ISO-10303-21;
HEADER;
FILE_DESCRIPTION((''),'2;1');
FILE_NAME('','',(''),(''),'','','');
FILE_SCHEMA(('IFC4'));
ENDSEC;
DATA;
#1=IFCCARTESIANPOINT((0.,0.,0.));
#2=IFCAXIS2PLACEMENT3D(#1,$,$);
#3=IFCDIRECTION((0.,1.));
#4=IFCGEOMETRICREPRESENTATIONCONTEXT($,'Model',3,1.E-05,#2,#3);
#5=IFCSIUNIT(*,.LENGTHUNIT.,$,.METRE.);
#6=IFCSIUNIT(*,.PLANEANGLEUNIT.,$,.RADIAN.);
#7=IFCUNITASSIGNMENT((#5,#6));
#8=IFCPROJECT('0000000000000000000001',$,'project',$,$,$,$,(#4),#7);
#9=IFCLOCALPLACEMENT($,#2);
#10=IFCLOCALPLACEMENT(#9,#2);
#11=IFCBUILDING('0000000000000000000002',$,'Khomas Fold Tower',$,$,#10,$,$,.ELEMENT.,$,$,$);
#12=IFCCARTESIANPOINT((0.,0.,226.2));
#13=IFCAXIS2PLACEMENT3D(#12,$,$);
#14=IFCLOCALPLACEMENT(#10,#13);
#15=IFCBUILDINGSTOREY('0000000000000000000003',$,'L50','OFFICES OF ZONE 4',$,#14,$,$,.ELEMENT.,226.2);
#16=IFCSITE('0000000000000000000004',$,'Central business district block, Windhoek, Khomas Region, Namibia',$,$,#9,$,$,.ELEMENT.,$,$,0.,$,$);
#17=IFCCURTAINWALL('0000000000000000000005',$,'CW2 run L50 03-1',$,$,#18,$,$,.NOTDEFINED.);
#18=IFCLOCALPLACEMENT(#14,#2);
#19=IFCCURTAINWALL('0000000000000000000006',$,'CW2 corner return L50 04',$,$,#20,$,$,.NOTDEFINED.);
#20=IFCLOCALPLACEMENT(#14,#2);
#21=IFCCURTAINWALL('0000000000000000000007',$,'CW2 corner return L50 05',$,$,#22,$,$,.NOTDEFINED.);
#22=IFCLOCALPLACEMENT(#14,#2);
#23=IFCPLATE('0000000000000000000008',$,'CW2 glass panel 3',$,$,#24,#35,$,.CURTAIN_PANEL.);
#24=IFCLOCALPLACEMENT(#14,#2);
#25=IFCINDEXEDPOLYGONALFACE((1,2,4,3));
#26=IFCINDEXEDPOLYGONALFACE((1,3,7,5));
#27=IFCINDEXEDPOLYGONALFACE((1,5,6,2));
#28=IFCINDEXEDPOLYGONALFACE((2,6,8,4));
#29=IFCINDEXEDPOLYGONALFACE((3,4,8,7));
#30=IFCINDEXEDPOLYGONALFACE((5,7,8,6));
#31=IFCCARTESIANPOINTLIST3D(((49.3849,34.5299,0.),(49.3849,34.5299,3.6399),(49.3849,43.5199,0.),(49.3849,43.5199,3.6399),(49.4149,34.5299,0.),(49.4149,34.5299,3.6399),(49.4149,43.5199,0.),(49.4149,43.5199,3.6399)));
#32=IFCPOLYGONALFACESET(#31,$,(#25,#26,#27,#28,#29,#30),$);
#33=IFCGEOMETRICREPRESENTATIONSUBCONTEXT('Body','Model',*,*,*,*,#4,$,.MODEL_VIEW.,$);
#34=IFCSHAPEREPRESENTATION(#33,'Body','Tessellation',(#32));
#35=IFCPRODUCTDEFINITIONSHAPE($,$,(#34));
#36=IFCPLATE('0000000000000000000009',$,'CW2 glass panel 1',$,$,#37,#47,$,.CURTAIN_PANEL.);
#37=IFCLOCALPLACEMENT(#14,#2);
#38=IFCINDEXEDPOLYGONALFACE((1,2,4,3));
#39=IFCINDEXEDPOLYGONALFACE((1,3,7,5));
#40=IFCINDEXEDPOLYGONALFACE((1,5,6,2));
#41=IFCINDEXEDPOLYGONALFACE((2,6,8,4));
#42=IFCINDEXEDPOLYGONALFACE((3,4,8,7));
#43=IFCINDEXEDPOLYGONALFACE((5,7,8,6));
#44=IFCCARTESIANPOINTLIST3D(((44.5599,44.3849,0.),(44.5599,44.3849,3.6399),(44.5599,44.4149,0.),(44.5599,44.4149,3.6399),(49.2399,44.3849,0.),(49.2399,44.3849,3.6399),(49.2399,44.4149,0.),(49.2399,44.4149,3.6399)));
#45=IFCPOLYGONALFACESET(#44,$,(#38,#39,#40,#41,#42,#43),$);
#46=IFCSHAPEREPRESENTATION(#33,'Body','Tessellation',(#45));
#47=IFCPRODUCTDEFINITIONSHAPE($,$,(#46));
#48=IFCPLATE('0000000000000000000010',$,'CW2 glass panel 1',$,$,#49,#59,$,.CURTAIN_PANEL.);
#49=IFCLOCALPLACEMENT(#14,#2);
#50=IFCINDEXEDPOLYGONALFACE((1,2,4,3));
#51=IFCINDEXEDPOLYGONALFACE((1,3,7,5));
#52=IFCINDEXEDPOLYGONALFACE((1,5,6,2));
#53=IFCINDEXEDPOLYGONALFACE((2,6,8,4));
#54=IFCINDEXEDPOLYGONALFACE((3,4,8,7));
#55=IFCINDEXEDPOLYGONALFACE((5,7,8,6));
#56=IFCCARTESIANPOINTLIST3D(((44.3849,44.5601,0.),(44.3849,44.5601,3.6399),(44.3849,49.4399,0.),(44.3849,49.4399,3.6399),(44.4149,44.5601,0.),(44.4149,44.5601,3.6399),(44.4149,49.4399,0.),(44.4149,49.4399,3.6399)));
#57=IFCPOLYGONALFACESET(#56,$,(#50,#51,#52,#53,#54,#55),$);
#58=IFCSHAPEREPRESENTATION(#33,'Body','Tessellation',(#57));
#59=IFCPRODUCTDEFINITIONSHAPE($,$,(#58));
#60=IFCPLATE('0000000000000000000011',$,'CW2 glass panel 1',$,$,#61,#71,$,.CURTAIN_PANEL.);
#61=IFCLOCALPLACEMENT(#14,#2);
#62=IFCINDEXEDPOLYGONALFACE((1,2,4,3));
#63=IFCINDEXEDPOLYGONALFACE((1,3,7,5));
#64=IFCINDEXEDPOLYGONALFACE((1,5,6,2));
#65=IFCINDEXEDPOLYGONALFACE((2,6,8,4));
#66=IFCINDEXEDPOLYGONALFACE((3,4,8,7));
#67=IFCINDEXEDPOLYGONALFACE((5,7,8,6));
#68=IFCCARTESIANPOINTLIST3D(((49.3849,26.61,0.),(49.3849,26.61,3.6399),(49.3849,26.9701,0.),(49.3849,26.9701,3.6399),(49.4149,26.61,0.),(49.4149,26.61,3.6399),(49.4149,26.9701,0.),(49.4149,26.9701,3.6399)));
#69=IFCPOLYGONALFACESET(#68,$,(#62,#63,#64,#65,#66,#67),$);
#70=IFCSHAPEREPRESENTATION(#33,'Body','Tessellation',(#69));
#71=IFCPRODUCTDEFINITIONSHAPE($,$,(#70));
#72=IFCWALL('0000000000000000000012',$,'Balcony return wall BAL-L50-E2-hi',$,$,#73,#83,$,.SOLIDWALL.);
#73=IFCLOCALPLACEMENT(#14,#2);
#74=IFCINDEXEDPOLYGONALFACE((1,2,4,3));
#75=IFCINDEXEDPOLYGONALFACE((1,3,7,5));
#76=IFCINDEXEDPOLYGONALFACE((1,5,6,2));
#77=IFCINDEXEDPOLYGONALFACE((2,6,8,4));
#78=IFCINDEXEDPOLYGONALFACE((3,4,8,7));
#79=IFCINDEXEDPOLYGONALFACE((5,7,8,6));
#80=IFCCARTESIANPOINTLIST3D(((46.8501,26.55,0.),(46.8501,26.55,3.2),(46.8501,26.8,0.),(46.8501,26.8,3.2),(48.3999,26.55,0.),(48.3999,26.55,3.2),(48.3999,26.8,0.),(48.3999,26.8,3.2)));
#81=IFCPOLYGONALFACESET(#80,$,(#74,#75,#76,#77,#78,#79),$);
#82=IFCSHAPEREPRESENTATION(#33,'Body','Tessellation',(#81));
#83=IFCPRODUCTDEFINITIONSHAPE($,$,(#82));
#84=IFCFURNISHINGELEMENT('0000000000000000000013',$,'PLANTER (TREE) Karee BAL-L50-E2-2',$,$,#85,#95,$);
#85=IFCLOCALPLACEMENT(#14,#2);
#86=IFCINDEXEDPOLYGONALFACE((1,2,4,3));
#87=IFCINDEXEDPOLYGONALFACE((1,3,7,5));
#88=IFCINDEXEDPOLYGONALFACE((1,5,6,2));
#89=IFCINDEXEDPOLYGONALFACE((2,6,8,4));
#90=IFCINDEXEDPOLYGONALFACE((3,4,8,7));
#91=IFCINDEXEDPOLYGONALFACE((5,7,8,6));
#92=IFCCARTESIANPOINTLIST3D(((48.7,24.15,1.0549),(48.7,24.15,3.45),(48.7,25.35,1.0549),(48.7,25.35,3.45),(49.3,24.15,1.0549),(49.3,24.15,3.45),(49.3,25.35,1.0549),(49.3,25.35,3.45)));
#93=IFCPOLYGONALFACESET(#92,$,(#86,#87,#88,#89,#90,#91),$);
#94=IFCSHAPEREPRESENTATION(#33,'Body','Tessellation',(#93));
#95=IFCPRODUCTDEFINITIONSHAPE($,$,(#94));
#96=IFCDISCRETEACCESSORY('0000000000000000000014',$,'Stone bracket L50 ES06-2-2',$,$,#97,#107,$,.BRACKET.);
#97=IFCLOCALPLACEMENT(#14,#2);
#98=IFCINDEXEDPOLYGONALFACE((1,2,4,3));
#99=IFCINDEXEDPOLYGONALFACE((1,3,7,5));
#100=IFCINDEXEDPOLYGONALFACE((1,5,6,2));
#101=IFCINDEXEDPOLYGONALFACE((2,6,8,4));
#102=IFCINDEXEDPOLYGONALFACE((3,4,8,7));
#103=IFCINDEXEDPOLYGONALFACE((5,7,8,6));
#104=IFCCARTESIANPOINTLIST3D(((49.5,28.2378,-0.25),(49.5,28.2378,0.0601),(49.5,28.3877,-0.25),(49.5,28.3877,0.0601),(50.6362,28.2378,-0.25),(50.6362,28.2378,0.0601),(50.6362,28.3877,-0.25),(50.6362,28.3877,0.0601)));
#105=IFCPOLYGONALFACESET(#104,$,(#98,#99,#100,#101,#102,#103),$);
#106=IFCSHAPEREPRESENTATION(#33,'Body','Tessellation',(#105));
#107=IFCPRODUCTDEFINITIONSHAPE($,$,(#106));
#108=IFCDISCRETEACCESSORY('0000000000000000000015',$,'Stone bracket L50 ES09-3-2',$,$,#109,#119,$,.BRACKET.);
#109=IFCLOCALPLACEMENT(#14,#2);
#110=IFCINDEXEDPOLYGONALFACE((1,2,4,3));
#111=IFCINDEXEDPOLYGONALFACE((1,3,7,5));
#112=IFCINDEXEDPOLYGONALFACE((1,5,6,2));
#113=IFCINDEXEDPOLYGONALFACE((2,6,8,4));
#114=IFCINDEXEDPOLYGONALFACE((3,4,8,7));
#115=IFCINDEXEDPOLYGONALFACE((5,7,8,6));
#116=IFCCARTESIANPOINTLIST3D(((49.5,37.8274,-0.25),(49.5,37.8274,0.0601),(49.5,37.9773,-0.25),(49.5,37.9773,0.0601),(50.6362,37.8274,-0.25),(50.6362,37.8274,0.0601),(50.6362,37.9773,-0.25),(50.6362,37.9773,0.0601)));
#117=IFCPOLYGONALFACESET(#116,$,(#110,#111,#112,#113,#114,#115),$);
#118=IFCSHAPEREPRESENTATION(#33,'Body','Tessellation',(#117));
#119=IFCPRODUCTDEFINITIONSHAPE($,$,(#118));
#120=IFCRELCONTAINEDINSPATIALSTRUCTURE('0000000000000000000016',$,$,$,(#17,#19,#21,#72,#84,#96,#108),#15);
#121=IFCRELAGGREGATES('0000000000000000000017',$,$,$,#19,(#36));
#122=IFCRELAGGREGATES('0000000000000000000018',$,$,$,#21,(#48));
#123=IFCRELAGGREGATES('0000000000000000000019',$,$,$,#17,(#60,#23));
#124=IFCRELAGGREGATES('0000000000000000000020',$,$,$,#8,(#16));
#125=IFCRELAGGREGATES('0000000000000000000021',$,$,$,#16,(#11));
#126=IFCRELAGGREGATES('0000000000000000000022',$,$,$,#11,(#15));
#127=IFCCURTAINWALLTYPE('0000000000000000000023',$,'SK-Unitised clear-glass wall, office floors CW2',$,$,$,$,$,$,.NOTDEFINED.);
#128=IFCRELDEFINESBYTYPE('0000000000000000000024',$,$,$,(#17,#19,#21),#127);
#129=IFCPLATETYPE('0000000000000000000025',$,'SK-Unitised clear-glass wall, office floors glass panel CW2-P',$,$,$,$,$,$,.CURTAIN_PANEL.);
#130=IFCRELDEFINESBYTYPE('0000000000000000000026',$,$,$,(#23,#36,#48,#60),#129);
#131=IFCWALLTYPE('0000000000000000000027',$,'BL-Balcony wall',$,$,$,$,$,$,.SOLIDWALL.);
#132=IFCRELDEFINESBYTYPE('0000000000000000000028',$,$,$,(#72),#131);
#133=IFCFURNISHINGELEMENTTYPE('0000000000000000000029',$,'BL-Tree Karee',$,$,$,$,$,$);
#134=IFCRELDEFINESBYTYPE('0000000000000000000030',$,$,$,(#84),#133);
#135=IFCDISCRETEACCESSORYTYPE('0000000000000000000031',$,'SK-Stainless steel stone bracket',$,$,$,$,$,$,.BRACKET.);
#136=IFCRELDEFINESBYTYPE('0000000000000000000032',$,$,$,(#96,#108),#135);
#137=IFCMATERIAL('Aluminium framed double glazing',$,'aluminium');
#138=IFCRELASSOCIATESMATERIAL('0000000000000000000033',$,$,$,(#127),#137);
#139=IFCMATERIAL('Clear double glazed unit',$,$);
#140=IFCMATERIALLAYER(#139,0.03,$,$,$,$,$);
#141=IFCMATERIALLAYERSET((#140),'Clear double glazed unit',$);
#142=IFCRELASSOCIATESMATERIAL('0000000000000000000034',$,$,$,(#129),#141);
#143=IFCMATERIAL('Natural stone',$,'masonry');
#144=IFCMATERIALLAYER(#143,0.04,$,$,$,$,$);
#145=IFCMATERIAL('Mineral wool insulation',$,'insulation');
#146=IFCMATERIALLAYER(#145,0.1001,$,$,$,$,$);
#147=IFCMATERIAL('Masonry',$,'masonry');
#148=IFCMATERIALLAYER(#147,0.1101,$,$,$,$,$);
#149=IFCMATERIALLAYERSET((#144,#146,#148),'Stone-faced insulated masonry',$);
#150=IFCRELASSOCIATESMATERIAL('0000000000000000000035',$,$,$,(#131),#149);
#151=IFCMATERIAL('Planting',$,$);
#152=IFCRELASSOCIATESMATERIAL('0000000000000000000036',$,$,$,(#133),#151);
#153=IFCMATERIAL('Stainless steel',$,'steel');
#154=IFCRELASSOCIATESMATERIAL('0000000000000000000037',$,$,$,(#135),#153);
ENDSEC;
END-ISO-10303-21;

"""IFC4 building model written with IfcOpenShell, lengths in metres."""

from ifc_helpers import new_model, si_unit, direction, frame, frame_2d, origin, origin_2d, place, context, subcontext, project, spatial, rectangle, extrude, source, transform, mapped, material, layer, layer_set, type_object, element, aggregate, save


model = new_model("IFC4")

# Units and contexts
model_context = context("Model", 3, precision=1e-05, world=origin(), true_north=direction((0.0, 1.0)))
body_context = subcontext(model_context, "Body", "Model", "MODEL_VIEW")
ifc_project = project(units=[si_unit("LENGTHUNIT", "METRE"), si_unit("PLANEANGLEUNIT", "RADIAN")], contexts=[model_context])

# Site, building, storey
site_placement = place(None, origin())
site = spatial("IfcSite", under=ifc_project, at=site_placement, Name="Central business district block, Windhoek, Khomas Region, Namibia", CompositionType="ELEMENT", RefElevation=0.0)
building_placement = place(site_placement, origin())
building = spatial("IfcBuilding", under=site, at=building_placement, Name="Khomas Fold Tower", CompositionType="ELEMENT")
storey_placement = place(building_placement, frame((0.0, 0.0, 226.2)))
storey = spatial("IfcBuildingStorey", under=building, at=storey_placement, Name="L50", Description="OFFICES OF ZONE 4", CompositionType="ELEMENT", Elevation=226.2)

# Curtain walls
ifc_material_1 = material(Name="Aluminium framed double glazing", Category="aluminium")
curtain_wall_type = type_object("IfcCurtainWallType", Name="SK-Unitised clear-glass wall, office floors CW2", PredefinedType="NOTDEFINED", material=ifc_material_1)
curtain_wall_1_placement = place(storey_placement, origin())
curtain_wall_1 = element("IfcCurtainWall", 1, at=curtain_wall_1_placement, inside=storey, type_object=curtain_wall_type, Name="CW2 run L50 03-1", PredefinedType="NOTDEFINED")
curtain_wall_2_placement = place(storey_placement, origin())
curtain_wall_2 = element("IfcCurtainWall", 2, at=curtain_wall_2_placement, inside=storey, type_object=curtain_wall_type, Name="CW2 corner return L50 04", PredefinedType="NOTDEFINED")
curtain_wall_3_placement = place(storey_placement, origin())
curtain_wall_3 = element("IfcCurtainWall", 3, at=curtain_wall_3_placement, inside=storey, type_object=curtain_wall_type, Name="CW2 corner return L50 05", PredefinedType="NOTDEFINED")

# Plates
ifc_material_2 = material(Name="Clear double glazed unit")
ifc_layer_1 = layer(ifc_material_2, 0.03)
ifc_layer_set_1 = layer_set([ifc_layer_1], Name="Clear double glazed unit")
plate_type = type_object("IfcPlateType", Name="SK-Unitised clear-glass wall, office floors glass panel CW2-P", PredefinedType="CURTAIN_PANEL", material=ifc_layer_set_1)
shared_shape_1 = source(origin(), body_context, "Body", "SweptSolid", [
    extrude(rectangle(XDim=8.99, YDim=0.03, at=origin_2d()), origin(), (0.0, 0.0, 1.0), 3.6399),
])
plate_1_placement = place(storey_placement, frame((49.3999, 39.0249, 0.0), z_axis=(0.0, 0.0, 1.0), x_axis=(0.0, 1.0, 0.0)))
plate_1 = element("IfcPlate", 4, at=plate_1_placement, type_object=plate_type, Name="CW2 glass panel 3", PredefinedType="CURTAIN_PANEL", context=body_context, shape_type="MappedRepresentation", body=[
    mapped(shared_shape_1, transform((0.0, 0.0, 0.0))),
])
shared_shape_2 = source(origin(), body_context, "Body", "SweptSolid", [
    extrude(rectangle(XDim=4.6799, YDim=0.03, at=origin_2d()), origin(), (0.0, 0.0, 1.0), 3.6399),
])
plate_2_placement = place(storey_placement, frame((46.8999, 44.3999, 0.0), z_axis=(0.0, 0.0, 1.0), x_axis=(-1.0, 0.0, 0.0)))
plate_2 = element("IfcPlate", 5, at=plate_2_placement, type_object=plate_type, Name="CW2 glass panel 1", PredefinedType="CURTAIN_PANEL", context=body_context, shape_type="MappedRepresentation", body=[
    mapped(shared_shape_2, transform((0.0, 0.0, 0.0))),
])
aggregate(curtain_wall_2, [plate_2])
shared_shape_3 = source(origin(), body_context, "Body", "SweptSolid", [
    extrude(rectangle(XDim=4.8799, YDim=0.03, at=origin_2d()), origin(), (0.0, 0.0, 1.0), 3.6399),
])
plate_3_placement = place(storey_placement, frame((44.3999, 47.0, 0.0), z_axis=(0.0, 0.0, 1.0), x_axis=(0.0, 1.0, 0.0)))
plate_3 = element("IfcPlate", 6, at=plate_3_placement, type_object=plate_type, Name="CW2 glass panel 1", PredefinedType="CURTAIN_PANEL", context=body_context, shape_type="MappedRepresentation", body=[
    mapped(shared_shape_3, transform((0.0, 0.0, 0.0))),
])
aggregate(curtain_wall_3, [plate_3])
shared_shape_4 = source(origin(), body_context, "Body", "SweptSolid", [
    extrude(rectangle(XDim=0.3601, YDim=0.03, at=origin_2d()), origin(), (0.0, 0.0, 1.0), 3.6399),
])
plate_4_placement = place(storey_placement, frame((49.3999, 26.79, 0.0), z_axis=(0.0, 0.0, 1.0), x_axis=(0.0, 1.0, 0.0)))
plate_4 = element("IfcPlate", 7, at=plate_4_placement, type_object=plate_type, Name="CW2 glass panel 1", PredefinedType="CURTAIN_PANEL", context=body_context, shape_type="MappedRepresentation", body=[
    mapped(shared_shape_4, transform((0.0, 0.0, 0.0))),
])
aggregate(curtain_wall_1, [plate_4, plate_1])

# Wall
ifc_material_3 = material(Name="Natural stone", Category="masonry")
ifc_layer_2 = layer(ifc_material_3, 0.04)
ifc_material_4 = material(Name="Mineral wool insulation", Category="insulation")
ifc_layer_3 = layer(ifc_material_4, 0.1001)
ifc_material_5 = material(Name="Masonry", Category="masonry")
ifc_layer_4 = layer(ifc_material_5, 0.1101)
ifc_layer_set_2 = layer_set([ifc_layer_2, ifc_layer_3, ifc_layer_4], Name="Stone-faced insulated masonry")
wall_type = type_object("IfcWallType", Name="BL-Balcony wall", PredefinedType="SOLIDWALL", material=ifc_layer_set_2)
shared_shape_5 = source(origin(), body_context, "Body", "SweptSolid", [
    extrude(rectangle(XDim=1.5498, YDim=0.25, at=frame_2d((0.7749, 0.0))), origin(), (0.0, 0.0, 1.0), 3.2),
])
wall_placement = place(storey_placement, frame((48.3999, 26.675, 0.0), z_axis=(0.0, 0.0, 1.0), x_axis=(-1.0, 0.0, 0.0)))
element("IfcWall", 8, at=wall_placement, inside=storey, type_object=wall_type, Name="Balcony return wall BAL-L50-E2-hi", PredefinedType="SOLIDWALL", context=body_context, shape_type="MappedRepresentation", body=[
    mapped(shared_shape_5, transform((0.0, 0.0, 0.0))),
])

# Furnishing element
ifc_material_6 = material(Name="Planting")
furnishing_element_type = type_object("IfcFurnishingElementType", Name="BL-Tree Karee", material=ifc_material_6)
shared_shape_6 = source(origin(), body_context, "Body", "SweptSolid", [
    extrude(rectangle(XDim=1.2, YDim=0.6001, at=origin_2d()), origin(), (0.0, 0.0, 1.0), 2.395),
])
furnishing_placement = place(storey_placement, frame((49.0, 24.75, 1.0549), z_axis=(0.0, 0.0, 1.0), x_axis=(0.0, 1.0, 0.0)))
element("IfcFurnishingElement", 9, at=furnishing_placement, inside=storey, type_object=furnishing_element_type, Name="PLANTER (TREE) Karee BAL-L50-E2-2", context=body_context, shape_type="MappedRepresentation", body=[
    mapped(shared_shape_6, transform((0.0, 0.0, 0.0))),
])

# Discrete accessories
ifc_material_7 = material(Name="Stainless steel", Category="steel")
discrete_accessory_type = type_object("IfcDiscreteAccessoryType", Name="SK-Stainless steel stone bracket", PredefinedType="BRACKET", material=ifc_material_7)
shared_shape_7 = source(origin(), body_context, "Body", "SweptSolid", [
    extrude(rectangle(XDim=1.1362, YDim=0.1499, at=origin_2d()), origin(), (0.0, 0.0, 1.0), 0.3101),
])
for number, where, z_axis, x_axis, name in (
    (10, (50.0681, 28.3127, -0.25), (0.0, 0.0, 1.0), (1.0, 0.0, 0.0), "Stone bracket L50 ES06-2-2"),
    (11, (50.0681, 37.9023, -0.25), (0.0, 0.0, 1.0), (1.0, 0.0, 0.0), "Stone bracket L50 ES09-3-2"),
):
    element("IfcDiscreteAccessory", number, at=place(storey_placement, frame(where, z_axis=z_axis, x_axis=x_axis)), inside=storey, type_object=discrete_accessory_type, Name=name, PredefinedType="BRACKET", context=body_context, shape_type="MappedRepresentation", body=[
        mapped(shared_shape_7, transform((0.0, 0.0, 0.0))),
    ])

save(model, "model.ifc")
